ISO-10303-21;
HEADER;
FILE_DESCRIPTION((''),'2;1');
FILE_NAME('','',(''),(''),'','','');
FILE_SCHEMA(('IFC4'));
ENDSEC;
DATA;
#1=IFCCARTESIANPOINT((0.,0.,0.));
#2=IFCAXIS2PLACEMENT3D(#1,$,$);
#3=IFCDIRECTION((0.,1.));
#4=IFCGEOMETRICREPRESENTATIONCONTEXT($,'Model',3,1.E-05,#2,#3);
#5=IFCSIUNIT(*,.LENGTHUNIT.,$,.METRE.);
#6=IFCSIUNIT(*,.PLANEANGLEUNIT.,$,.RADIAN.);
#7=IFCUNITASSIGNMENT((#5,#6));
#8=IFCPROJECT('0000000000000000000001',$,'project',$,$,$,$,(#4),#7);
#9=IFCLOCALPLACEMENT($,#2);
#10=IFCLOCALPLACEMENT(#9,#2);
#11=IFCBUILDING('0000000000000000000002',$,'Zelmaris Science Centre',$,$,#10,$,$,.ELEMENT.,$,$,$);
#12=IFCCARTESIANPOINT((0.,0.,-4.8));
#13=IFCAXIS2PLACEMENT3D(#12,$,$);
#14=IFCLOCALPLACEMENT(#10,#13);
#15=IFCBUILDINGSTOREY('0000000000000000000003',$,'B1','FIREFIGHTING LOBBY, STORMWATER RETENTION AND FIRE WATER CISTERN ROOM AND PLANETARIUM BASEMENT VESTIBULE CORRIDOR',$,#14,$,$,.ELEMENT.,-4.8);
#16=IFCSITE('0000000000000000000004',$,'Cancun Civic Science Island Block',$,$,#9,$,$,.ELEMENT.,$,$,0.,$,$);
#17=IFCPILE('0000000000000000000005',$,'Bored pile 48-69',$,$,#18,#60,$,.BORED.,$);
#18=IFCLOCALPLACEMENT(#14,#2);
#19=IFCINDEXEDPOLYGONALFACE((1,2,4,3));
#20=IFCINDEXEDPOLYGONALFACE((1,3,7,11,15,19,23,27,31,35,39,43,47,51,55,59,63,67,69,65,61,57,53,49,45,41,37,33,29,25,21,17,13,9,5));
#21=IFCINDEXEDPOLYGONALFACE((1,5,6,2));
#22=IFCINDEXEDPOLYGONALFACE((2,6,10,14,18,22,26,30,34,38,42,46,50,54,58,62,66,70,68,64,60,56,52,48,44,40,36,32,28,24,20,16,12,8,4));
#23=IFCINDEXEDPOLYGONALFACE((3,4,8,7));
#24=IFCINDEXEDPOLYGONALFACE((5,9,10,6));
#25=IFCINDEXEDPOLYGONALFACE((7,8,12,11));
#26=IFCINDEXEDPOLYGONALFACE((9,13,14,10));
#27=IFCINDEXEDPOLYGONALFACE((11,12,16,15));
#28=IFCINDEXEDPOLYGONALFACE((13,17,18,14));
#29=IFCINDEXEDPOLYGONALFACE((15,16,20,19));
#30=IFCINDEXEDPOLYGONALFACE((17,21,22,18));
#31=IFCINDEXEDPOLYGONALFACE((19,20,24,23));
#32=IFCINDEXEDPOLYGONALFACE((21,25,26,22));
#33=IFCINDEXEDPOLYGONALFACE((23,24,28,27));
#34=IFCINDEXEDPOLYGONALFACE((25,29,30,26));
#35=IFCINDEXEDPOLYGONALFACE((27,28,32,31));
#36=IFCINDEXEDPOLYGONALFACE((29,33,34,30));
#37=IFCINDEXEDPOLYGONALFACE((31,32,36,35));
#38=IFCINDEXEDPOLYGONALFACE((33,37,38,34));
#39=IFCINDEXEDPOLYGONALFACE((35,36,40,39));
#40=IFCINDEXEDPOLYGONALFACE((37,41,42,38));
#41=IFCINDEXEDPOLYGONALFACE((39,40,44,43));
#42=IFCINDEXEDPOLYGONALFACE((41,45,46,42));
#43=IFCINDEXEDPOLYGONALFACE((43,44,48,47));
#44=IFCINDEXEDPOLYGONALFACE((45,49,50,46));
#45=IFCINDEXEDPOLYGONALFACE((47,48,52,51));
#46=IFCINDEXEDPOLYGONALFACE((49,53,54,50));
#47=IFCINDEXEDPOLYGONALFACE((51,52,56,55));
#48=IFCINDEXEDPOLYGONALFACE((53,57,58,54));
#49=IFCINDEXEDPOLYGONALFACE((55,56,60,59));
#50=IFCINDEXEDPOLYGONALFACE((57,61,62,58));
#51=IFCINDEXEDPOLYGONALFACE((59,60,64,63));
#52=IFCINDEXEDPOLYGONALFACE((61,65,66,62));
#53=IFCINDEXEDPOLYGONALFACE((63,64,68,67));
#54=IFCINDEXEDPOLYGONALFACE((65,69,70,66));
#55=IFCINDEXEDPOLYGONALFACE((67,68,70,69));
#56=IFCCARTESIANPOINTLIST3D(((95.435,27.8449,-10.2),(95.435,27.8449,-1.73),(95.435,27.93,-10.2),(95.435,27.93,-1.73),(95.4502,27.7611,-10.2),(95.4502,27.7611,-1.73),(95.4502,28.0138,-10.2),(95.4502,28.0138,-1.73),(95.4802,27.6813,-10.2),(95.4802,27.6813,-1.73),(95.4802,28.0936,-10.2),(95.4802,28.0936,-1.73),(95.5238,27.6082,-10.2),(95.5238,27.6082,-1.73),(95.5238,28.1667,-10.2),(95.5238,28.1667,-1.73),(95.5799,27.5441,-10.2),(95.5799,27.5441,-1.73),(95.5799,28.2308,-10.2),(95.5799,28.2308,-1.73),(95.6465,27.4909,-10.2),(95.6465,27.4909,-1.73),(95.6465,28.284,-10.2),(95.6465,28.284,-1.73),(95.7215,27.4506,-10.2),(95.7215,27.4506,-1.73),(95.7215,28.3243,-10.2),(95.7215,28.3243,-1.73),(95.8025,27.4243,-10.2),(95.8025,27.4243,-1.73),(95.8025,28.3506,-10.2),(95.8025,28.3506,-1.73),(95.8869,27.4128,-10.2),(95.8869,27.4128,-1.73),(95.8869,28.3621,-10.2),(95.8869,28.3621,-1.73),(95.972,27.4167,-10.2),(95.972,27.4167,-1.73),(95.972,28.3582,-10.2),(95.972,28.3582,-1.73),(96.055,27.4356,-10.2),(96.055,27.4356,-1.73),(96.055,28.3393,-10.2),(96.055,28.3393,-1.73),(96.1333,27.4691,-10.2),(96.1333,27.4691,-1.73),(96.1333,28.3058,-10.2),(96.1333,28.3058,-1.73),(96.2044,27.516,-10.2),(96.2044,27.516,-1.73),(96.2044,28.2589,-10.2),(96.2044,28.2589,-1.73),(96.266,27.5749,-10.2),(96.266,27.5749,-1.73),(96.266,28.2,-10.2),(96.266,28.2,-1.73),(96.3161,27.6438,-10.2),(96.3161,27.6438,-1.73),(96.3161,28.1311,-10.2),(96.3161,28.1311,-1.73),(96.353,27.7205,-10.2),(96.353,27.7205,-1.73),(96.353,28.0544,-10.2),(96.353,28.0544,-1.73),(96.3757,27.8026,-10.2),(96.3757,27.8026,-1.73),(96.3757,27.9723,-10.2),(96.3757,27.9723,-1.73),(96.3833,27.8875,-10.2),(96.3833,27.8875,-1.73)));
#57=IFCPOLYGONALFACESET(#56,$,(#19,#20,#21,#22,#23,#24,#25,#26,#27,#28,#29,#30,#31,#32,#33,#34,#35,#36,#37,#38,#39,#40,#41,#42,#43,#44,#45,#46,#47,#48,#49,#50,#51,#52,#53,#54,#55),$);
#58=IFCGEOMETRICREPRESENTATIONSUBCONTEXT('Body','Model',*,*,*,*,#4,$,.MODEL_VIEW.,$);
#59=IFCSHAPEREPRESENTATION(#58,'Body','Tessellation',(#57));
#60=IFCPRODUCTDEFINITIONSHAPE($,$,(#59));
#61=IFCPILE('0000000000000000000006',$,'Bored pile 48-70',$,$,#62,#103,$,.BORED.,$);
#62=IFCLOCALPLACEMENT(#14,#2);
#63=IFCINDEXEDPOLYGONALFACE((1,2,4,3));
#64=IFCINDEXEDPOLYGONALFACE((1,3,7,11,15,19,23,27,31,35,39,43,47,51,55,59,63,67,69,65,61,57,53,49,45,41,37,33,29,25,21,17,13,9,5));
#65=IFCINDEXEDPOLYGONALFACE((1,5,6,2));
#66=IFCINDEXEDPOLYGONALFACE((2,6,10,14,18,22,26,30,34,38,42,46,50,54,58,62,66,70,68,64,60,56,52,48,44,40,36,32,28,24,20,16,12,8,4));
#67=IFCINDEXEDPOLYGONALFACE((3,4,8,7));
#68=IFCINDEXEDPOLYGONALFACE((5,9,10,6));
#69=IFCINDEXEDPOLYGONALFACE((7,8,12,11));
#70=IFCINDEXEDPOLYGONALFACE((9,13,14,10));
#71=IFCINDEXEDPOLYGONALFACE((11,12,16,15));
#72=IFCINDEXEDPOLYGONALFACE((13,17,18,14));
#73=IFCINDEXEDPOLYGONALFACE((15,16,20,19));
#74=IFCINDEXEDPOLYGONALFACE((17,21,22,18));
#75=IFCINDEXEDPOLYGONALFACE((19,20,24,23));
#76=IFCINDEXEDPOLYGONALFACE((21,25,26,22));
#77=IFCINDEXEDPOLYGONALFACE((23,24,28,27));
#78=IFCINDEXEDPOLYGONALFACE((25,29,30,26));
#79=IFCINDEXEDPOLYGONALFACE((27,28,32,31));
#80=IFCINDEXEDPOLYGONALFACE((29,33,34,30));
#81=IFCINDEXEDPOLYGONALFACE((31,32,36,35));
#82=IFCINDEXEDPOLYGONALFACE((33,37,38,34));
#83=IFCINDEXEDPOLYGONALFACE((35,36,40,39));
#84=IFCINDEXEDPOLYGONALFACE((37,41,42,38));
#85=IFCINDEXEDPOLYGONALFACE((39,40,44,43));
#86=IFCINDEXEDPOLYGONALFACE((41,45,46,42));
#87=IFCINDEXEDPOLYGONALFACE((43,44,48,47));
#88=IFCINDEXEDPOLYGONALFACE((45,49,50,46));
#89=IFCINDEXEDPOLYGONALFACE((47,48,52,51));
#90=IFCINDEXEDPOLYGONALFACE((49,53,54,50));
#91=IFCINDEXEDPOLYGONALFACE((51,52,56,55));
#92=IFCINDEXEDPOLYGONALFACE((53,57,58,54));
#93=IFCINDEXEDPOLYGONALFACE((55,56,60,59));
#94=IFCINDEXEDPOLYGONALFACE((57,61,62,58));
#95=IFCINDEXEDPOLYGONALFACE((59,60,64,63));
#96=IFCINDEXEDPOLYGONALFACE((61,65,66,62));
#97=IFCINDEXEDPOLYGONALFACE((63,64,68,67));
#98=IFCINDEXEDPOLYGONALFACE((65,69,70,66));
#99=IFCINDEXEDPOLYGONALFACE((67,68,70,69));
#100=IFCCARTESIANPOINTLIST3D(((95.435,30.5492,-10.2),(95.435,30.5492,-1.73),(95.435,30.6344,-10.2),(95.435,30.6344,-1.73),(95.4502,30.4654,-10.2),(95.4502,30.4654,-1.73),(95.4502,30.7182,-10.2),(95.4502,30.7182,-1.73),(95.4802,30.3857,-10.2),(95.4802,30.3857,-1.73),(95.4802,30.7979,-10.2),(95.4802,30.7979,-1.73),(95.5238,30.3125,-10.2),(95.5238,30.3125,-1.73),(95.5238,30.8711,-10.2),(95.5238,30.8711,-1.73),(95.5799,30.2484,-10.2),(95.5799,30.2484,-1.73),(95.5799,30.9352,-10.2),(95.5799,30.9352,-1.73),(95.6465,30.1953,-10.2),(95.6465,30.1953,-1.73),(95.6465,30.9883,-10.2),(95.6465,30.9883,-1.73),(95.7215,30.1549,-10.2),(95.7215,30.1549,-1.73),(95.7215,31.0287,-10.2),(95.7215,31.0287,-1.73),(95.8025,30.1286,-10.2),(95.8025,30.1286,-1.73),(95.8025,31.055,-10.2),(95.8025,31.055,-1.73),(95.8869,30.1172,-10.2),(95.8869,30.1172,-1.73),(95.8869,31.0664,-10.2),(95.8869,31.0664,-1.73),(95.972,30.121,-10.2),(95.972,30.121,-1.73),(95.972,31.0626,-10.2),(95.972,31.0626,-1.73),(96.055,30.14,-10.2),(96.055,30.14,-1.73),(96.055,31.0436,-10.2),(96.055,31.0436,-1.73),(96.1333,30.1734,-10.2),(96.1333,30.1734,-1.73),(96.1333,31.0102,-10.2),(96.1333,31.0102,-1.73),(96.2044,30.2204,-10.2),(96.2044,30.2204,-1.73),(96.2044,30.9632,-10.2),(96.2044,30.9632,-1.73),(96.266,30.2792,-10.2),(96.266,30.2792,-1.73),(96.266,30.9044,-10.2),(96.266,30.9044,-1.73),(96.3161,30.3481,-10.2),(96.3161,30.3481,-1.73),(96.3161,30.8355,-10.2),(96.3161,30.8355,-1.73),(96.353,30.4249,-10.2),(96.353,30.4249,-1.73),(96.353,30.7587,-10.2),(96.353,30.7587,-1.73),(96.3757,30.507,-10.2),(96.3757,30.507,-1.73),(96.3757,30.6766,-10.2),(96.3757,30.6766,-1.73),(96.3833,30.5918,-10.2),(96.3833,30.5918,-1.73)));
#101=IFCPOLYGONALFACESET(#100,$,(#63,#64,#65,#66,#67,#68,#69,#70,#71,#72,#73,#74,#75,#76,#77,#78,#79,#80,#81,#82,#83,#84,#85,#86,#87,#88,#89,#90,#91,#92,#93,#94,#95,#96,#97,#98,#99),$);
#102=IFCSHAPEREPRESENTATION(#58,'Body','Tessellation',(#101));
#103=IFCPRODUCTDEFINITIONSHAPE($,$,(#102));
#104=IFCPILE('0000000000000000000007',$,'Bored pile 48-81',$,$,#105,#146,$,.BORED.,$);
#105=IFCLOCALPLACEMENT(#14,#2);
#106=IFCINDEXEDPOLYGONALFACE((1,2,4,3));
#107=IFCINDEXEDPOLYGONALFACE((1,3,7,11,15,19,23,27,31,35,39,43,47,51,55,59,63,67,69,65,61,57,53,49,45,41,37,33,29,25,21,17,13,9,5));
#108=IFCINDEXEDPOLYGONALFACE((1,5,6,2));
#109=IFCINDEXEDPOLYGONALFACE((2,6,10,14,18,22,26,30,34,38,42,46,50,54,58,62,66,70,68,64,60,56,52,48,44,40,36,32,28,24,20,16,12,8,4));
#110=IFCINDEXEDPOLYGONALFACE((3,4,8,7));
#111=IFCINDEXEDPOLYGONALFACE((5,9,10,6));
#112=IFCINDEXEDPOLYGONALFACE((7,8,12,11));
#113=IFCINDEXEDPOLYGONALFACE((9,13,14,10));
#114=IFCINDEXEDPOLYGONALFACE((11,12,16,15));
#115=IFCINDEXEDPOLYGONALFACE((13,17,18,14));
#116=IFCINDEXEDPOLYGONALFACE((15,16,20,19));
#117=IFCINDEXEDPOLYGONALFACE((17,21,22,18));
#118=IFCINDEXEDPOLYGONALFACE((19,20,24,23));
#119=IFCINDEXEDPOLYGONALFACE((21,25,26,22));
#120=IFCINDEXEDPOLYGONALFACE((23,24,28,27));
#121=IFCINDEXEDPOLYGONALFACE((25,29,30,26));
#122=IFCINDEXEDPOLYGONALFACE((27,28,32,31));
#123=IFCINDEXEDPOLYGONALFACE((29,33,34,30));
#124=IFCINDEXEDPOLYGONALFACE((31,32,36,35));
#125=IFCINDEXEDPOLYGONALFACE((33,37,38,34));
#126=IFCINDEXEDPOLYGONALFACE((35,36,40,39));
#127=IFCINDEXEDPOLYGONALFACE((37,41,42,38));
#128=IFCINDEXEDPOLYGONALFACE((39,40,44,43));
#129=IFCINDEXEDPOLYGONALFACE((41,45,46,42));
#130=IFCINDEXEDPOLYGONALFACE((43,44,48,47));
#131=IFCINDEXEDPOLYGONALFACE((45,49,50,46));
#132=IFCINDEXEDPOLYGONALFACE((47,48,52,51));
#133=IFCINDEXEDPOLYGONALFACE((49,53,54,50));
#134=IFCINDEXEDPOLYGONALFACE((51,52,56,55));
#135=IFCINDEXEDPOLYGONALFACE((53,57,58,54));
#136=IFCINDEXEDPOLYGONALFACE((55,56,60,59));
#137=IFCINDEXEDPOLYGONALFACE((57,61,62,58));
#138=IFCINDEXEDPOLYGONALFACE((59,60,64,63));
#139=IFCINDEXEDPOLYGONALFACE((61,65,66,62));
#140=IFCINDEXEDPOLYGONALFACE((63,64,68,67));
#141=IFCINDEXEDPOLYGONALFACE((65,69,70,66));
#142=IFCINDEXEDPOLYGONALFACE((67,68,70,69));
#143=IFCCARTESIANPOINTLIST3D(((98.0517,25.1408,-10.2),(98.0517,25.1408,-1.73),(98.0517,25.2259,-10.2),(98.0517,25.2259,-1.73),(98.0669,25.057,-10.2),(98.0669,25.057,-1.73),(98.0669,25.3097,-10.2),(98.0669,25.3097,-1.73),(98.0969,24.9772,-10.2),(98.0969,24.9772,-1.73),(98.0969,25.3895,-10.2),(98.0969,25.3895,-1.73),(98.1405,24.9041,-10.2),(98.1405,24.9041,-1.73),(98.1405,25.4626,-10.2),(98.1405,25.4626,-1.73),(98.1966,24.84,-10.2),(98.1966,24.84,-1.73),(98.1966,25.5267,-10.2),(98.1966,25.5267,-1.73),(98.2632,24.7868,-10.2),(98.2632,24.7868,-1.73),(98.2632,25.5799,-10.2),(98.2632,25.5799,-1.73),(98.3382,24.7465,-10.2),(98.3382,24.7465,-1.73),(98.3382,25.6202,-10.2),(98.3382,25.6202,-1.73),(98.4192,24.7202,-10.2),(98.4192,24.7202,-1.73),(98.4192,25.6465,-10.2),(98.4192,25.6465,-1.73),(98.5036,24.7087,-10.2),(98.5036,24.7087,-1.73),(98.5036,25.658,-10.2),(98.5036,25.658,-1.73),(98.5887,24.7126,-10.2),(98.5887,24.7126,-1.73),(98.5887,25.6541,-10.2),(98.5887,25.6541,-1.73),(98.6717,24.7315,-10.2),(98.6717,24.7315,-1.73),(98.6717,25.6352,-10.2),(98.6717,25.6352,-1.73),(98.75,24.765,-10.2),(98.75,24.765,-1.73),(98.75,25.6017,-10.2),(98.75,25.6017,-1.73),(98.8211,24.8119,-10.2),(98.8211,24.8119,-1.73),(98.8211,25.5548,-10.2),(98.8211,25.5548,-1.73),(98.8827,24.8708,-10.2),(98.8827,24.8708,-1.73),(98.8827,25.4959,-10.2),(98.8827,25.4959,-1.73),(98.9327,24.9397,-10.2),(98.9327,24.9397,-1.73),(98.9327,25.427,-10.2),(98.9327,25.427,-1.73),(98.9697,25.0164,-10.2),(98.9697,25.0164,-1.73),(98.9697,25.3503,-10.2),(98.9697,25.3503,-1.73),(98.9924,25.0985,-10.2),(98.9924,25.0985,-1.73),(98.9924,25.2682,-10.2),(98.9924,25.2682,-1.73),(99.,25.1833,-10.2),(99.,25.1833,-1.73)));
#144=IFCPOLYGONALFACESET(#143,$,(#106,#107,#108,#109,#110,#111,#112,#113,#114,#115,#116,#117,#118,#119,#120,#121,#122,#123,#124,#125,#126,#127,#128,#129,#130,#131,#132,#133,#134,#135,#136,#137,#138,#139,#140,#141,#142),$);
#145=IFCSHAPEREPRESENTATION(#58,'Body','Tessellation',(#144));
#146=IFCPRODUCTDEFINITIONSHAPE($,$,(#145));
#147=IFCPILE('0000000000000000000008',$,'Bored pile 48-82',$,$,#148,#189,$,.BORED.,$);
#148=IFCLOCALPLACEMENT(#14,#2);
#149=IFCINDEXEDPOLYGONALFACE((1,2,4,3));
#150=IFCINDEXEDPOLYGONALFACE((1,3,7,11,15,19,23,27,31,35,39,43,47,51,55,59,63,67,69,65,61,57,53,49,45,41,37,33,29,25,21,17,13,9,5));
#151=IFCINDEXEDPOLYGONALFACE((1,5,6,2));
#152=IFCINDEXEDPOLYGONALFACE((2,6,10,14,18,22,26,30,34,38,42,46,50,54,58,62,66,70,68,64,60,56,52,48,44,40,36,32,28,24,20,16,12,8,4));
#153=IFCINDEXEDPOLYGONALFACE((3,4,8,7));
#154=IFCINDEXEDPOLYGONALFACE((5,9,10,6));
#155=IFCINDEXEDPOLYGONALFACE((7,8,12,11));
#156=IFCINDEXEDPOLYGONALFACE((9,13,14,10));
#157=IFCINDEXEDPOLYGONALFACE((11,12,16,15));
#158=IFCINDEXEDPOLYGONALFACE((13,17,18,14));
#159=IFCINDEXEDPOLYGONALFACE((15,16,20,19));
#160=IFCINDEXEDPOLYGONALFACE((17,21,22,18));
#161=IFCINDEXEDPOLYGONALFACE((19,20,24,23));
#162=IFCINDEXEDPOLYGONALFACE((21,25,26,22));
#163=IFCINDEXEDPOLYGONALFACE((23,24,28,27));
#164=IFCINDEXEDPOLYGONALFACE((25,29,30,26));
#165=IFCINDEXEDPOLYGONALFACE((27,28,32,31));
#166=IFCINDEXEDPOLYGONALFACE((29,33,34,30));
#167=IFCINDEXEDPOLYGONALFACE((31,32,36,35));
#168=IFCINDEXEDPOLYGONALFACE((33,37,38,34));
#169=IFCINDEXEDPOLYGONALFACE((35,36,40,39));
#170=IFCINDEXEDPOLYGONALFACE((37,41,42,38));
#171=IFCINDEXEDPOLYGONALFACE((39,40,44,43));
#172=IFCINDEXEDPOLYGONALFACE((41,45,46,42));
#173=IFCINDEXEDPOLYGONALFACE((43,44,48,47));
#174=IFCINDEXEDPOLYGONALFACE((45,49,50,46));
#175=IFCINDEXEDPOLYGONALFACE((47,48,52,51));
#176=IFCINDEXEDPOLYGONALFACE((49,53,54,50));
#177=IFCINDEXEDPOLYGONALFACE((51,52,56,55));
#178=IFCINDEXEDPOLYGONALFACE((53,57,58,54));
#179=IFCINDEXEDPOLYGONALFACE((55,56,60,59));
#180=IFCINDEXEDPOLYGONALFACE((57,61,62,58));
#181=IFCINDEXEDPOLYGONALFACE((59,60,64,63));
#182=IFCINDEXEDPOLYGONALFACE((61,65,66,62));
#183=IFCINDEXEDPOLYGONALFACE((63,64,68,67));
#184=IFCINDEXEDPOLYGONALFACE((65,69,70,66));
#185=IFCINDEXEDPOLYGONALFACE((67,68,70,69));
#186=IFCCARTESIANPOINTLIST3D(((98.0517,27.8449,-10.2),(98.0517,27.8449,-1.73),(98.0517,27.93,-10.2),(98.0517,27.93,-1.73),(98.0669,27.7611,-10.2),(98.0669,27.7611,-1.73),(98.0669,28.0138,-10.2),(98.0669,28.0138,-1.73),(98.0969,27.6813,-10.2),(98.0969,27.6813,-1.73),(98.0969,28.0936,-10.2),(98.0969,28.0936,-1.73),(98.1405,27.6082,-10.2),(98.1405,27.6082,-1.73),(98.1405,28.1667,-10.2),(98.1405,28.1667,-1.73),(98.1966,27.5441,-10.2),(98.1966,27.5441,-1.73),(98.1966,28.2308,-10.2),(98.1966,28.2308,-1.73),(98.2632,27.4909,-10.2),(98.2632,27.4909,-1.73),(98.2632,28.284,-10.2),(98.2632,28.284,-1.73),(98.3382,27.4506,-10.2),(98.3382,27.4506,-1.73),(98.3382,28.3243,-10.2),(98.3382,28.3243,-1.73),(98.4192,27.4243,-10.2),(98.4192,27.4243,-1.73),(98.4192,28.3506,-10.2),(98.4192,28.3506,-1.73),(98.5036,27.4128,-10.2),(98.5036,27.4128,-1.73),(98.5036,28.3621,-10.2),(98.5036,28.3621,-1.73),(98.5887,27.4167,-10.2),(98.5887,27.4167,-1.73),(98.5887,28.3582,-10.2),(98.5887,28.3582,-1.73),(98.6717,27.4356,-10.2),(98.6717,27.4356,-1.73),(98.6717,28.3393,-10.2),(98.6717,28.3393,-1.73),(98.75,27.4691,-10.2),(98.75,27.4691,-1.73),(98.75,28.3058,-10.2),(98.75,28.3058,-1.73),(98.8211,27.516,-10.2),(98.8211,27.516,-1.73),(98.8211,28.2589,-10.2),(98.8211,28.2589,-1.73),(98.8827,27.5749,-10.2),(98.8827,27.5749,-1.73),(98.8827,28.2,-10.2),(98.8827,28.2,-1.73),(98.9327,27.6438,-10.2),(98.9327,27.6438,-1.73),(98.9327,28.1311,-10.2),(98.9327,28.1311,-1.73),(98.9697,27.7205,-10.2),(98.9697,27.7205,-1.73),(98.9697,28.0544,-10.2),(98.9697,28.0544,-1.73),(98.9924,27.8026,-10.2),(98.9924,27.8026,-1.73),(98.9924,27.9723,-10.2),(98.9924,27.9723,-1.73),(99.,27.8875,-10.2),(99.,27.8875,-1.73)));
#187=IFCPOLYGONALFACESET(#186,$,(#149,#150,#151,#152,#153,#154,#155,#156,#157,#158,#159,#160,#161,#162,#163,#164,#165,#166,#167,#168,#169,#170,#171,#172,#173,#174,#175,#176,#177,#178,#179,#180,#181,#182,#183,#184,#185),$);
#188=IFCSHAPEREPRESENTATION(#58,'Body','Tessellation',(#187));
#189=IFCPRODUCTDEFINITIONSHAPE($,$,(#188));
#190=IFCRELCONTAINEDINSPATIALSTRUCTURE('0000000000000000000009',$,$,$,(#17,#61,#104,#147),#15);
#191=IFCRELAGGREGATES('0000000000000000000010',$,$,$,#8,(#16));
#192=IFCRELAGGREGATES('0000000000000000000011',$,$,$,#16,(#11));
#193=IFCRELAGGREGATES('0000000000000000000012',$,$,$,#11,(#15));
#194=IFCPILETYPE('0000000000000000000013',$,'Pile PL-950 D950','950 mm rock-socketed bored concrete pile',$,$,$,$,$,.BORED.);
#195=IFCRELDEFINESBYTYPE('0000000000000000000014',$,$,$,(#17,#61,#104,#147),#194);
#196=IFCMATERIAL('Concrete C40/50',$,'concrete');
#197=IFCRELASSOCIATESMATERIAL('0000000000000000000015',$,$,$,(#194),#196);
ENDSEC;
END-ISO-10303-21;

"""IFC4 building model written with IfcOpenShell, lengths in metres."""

from ifc_helpers import new_model, si_unit, direction, frame, origin, origin_2d, place, context, subcontext, project, spatial, circle, extrude, material, material_profile, profile_set, type_object, element, save


model = new_model("IFC4")

# Units and contexts
model_context = context("Model", 3, precision=1e-05, world=origin(), true_north=direction((0.0, 1.0)))
body_context = subcontext(model_context, "Body", "Model", "MODEL_VIEW")
ifc_project = project(units=[si_unit("LENGTHUNIT", "METRE"), si_unit("PLANEANGLEUNIT", "RADIAN")], contexts=[model_context])

# Site, building, storey
site_placement = place(None, origin())
site = spatial("IfcSite", under=ifc_project, at=site_placement, Name="Cancun Civic Science Island Block", CompositionType="ELEMENT", RefElevation=0.0)
building_placement = place(site_placement, origin())
building = spatial("IfcBuilding", under=site, at=building_placement, Name="Zelmaris Science Centre", CompositionType="ELEMENT")
storey_placement = place(building_placement, frame((0.0, 0.0, -4.8)))
storey = spatial("IfcBuildingStorey", under=building, at=storey_placement, Name="B1", Description="FIREFIGHTING LOBBY, STORMWATER RETENTION AND FIRE WATER CISTERN ROOM AND PLANETARIUM BASEMENT VESTIBULE CORRIDOR", CompositionType="ELEMENT", Elevation=-4.8)

# Piles
ifc_material_1 = material(Name="Concrete C40/50", Category="concrete")
ifc_material_profile_1 = material_profile(ifc_material_1, circle(Radius=0.4751, at=origin_2d()), Name="PILE-950")
ifc_profile_set_1 = profile_set([ifc_material_profile_1], Name="Concrete C40/50")
pile_type_1 = type_object("IfcPileType", Name="Pile PL-950 D950", Description="950 mm rock-socketed bored concrete pile", PredefinedType="BORED", material=ifc_profile_set_1)
for number, where, z_axis, x_axis, name in (
    (1, (95.9082, 27.8875, -1.73), (0.0, 0.0, -1.0), (1.0, 0.0, 0.0), "Bored pile 48-69"),
    (2, (95.9082, 30.5918, -1.73), (0.0, 0.0, -1.0), (1.0, 0.0, 0.0), "Bored pile 48-70"),
    (3, (98.5249, 25.1833, -1.73), (0.0, 0.0, -1.0), (1.0, 0.0, 0.0), "Bored pile 48-81"),
    (4, (98.5249, 27.8875, -1.73), (0.0, 0.0, -1.0), (1.0, 0.0, 0.0), "Bored pile 48-82"),
):
    element("IfcPile", number, at=place(storey_placement, frame(where, z_axis=z_axis, x_axis=x_axis)), inside=storey, type_object=pile_type_1, Name=name, PredefinedType="BORED", context=body_context, shape_type="SweptSolid", body=[
        extrude(circle(Radius=0.4751, at=origin_2d()), origin(), (0.0, 0.0, 1.0), 8.47),
    ])

save(model, "model.ifc")
